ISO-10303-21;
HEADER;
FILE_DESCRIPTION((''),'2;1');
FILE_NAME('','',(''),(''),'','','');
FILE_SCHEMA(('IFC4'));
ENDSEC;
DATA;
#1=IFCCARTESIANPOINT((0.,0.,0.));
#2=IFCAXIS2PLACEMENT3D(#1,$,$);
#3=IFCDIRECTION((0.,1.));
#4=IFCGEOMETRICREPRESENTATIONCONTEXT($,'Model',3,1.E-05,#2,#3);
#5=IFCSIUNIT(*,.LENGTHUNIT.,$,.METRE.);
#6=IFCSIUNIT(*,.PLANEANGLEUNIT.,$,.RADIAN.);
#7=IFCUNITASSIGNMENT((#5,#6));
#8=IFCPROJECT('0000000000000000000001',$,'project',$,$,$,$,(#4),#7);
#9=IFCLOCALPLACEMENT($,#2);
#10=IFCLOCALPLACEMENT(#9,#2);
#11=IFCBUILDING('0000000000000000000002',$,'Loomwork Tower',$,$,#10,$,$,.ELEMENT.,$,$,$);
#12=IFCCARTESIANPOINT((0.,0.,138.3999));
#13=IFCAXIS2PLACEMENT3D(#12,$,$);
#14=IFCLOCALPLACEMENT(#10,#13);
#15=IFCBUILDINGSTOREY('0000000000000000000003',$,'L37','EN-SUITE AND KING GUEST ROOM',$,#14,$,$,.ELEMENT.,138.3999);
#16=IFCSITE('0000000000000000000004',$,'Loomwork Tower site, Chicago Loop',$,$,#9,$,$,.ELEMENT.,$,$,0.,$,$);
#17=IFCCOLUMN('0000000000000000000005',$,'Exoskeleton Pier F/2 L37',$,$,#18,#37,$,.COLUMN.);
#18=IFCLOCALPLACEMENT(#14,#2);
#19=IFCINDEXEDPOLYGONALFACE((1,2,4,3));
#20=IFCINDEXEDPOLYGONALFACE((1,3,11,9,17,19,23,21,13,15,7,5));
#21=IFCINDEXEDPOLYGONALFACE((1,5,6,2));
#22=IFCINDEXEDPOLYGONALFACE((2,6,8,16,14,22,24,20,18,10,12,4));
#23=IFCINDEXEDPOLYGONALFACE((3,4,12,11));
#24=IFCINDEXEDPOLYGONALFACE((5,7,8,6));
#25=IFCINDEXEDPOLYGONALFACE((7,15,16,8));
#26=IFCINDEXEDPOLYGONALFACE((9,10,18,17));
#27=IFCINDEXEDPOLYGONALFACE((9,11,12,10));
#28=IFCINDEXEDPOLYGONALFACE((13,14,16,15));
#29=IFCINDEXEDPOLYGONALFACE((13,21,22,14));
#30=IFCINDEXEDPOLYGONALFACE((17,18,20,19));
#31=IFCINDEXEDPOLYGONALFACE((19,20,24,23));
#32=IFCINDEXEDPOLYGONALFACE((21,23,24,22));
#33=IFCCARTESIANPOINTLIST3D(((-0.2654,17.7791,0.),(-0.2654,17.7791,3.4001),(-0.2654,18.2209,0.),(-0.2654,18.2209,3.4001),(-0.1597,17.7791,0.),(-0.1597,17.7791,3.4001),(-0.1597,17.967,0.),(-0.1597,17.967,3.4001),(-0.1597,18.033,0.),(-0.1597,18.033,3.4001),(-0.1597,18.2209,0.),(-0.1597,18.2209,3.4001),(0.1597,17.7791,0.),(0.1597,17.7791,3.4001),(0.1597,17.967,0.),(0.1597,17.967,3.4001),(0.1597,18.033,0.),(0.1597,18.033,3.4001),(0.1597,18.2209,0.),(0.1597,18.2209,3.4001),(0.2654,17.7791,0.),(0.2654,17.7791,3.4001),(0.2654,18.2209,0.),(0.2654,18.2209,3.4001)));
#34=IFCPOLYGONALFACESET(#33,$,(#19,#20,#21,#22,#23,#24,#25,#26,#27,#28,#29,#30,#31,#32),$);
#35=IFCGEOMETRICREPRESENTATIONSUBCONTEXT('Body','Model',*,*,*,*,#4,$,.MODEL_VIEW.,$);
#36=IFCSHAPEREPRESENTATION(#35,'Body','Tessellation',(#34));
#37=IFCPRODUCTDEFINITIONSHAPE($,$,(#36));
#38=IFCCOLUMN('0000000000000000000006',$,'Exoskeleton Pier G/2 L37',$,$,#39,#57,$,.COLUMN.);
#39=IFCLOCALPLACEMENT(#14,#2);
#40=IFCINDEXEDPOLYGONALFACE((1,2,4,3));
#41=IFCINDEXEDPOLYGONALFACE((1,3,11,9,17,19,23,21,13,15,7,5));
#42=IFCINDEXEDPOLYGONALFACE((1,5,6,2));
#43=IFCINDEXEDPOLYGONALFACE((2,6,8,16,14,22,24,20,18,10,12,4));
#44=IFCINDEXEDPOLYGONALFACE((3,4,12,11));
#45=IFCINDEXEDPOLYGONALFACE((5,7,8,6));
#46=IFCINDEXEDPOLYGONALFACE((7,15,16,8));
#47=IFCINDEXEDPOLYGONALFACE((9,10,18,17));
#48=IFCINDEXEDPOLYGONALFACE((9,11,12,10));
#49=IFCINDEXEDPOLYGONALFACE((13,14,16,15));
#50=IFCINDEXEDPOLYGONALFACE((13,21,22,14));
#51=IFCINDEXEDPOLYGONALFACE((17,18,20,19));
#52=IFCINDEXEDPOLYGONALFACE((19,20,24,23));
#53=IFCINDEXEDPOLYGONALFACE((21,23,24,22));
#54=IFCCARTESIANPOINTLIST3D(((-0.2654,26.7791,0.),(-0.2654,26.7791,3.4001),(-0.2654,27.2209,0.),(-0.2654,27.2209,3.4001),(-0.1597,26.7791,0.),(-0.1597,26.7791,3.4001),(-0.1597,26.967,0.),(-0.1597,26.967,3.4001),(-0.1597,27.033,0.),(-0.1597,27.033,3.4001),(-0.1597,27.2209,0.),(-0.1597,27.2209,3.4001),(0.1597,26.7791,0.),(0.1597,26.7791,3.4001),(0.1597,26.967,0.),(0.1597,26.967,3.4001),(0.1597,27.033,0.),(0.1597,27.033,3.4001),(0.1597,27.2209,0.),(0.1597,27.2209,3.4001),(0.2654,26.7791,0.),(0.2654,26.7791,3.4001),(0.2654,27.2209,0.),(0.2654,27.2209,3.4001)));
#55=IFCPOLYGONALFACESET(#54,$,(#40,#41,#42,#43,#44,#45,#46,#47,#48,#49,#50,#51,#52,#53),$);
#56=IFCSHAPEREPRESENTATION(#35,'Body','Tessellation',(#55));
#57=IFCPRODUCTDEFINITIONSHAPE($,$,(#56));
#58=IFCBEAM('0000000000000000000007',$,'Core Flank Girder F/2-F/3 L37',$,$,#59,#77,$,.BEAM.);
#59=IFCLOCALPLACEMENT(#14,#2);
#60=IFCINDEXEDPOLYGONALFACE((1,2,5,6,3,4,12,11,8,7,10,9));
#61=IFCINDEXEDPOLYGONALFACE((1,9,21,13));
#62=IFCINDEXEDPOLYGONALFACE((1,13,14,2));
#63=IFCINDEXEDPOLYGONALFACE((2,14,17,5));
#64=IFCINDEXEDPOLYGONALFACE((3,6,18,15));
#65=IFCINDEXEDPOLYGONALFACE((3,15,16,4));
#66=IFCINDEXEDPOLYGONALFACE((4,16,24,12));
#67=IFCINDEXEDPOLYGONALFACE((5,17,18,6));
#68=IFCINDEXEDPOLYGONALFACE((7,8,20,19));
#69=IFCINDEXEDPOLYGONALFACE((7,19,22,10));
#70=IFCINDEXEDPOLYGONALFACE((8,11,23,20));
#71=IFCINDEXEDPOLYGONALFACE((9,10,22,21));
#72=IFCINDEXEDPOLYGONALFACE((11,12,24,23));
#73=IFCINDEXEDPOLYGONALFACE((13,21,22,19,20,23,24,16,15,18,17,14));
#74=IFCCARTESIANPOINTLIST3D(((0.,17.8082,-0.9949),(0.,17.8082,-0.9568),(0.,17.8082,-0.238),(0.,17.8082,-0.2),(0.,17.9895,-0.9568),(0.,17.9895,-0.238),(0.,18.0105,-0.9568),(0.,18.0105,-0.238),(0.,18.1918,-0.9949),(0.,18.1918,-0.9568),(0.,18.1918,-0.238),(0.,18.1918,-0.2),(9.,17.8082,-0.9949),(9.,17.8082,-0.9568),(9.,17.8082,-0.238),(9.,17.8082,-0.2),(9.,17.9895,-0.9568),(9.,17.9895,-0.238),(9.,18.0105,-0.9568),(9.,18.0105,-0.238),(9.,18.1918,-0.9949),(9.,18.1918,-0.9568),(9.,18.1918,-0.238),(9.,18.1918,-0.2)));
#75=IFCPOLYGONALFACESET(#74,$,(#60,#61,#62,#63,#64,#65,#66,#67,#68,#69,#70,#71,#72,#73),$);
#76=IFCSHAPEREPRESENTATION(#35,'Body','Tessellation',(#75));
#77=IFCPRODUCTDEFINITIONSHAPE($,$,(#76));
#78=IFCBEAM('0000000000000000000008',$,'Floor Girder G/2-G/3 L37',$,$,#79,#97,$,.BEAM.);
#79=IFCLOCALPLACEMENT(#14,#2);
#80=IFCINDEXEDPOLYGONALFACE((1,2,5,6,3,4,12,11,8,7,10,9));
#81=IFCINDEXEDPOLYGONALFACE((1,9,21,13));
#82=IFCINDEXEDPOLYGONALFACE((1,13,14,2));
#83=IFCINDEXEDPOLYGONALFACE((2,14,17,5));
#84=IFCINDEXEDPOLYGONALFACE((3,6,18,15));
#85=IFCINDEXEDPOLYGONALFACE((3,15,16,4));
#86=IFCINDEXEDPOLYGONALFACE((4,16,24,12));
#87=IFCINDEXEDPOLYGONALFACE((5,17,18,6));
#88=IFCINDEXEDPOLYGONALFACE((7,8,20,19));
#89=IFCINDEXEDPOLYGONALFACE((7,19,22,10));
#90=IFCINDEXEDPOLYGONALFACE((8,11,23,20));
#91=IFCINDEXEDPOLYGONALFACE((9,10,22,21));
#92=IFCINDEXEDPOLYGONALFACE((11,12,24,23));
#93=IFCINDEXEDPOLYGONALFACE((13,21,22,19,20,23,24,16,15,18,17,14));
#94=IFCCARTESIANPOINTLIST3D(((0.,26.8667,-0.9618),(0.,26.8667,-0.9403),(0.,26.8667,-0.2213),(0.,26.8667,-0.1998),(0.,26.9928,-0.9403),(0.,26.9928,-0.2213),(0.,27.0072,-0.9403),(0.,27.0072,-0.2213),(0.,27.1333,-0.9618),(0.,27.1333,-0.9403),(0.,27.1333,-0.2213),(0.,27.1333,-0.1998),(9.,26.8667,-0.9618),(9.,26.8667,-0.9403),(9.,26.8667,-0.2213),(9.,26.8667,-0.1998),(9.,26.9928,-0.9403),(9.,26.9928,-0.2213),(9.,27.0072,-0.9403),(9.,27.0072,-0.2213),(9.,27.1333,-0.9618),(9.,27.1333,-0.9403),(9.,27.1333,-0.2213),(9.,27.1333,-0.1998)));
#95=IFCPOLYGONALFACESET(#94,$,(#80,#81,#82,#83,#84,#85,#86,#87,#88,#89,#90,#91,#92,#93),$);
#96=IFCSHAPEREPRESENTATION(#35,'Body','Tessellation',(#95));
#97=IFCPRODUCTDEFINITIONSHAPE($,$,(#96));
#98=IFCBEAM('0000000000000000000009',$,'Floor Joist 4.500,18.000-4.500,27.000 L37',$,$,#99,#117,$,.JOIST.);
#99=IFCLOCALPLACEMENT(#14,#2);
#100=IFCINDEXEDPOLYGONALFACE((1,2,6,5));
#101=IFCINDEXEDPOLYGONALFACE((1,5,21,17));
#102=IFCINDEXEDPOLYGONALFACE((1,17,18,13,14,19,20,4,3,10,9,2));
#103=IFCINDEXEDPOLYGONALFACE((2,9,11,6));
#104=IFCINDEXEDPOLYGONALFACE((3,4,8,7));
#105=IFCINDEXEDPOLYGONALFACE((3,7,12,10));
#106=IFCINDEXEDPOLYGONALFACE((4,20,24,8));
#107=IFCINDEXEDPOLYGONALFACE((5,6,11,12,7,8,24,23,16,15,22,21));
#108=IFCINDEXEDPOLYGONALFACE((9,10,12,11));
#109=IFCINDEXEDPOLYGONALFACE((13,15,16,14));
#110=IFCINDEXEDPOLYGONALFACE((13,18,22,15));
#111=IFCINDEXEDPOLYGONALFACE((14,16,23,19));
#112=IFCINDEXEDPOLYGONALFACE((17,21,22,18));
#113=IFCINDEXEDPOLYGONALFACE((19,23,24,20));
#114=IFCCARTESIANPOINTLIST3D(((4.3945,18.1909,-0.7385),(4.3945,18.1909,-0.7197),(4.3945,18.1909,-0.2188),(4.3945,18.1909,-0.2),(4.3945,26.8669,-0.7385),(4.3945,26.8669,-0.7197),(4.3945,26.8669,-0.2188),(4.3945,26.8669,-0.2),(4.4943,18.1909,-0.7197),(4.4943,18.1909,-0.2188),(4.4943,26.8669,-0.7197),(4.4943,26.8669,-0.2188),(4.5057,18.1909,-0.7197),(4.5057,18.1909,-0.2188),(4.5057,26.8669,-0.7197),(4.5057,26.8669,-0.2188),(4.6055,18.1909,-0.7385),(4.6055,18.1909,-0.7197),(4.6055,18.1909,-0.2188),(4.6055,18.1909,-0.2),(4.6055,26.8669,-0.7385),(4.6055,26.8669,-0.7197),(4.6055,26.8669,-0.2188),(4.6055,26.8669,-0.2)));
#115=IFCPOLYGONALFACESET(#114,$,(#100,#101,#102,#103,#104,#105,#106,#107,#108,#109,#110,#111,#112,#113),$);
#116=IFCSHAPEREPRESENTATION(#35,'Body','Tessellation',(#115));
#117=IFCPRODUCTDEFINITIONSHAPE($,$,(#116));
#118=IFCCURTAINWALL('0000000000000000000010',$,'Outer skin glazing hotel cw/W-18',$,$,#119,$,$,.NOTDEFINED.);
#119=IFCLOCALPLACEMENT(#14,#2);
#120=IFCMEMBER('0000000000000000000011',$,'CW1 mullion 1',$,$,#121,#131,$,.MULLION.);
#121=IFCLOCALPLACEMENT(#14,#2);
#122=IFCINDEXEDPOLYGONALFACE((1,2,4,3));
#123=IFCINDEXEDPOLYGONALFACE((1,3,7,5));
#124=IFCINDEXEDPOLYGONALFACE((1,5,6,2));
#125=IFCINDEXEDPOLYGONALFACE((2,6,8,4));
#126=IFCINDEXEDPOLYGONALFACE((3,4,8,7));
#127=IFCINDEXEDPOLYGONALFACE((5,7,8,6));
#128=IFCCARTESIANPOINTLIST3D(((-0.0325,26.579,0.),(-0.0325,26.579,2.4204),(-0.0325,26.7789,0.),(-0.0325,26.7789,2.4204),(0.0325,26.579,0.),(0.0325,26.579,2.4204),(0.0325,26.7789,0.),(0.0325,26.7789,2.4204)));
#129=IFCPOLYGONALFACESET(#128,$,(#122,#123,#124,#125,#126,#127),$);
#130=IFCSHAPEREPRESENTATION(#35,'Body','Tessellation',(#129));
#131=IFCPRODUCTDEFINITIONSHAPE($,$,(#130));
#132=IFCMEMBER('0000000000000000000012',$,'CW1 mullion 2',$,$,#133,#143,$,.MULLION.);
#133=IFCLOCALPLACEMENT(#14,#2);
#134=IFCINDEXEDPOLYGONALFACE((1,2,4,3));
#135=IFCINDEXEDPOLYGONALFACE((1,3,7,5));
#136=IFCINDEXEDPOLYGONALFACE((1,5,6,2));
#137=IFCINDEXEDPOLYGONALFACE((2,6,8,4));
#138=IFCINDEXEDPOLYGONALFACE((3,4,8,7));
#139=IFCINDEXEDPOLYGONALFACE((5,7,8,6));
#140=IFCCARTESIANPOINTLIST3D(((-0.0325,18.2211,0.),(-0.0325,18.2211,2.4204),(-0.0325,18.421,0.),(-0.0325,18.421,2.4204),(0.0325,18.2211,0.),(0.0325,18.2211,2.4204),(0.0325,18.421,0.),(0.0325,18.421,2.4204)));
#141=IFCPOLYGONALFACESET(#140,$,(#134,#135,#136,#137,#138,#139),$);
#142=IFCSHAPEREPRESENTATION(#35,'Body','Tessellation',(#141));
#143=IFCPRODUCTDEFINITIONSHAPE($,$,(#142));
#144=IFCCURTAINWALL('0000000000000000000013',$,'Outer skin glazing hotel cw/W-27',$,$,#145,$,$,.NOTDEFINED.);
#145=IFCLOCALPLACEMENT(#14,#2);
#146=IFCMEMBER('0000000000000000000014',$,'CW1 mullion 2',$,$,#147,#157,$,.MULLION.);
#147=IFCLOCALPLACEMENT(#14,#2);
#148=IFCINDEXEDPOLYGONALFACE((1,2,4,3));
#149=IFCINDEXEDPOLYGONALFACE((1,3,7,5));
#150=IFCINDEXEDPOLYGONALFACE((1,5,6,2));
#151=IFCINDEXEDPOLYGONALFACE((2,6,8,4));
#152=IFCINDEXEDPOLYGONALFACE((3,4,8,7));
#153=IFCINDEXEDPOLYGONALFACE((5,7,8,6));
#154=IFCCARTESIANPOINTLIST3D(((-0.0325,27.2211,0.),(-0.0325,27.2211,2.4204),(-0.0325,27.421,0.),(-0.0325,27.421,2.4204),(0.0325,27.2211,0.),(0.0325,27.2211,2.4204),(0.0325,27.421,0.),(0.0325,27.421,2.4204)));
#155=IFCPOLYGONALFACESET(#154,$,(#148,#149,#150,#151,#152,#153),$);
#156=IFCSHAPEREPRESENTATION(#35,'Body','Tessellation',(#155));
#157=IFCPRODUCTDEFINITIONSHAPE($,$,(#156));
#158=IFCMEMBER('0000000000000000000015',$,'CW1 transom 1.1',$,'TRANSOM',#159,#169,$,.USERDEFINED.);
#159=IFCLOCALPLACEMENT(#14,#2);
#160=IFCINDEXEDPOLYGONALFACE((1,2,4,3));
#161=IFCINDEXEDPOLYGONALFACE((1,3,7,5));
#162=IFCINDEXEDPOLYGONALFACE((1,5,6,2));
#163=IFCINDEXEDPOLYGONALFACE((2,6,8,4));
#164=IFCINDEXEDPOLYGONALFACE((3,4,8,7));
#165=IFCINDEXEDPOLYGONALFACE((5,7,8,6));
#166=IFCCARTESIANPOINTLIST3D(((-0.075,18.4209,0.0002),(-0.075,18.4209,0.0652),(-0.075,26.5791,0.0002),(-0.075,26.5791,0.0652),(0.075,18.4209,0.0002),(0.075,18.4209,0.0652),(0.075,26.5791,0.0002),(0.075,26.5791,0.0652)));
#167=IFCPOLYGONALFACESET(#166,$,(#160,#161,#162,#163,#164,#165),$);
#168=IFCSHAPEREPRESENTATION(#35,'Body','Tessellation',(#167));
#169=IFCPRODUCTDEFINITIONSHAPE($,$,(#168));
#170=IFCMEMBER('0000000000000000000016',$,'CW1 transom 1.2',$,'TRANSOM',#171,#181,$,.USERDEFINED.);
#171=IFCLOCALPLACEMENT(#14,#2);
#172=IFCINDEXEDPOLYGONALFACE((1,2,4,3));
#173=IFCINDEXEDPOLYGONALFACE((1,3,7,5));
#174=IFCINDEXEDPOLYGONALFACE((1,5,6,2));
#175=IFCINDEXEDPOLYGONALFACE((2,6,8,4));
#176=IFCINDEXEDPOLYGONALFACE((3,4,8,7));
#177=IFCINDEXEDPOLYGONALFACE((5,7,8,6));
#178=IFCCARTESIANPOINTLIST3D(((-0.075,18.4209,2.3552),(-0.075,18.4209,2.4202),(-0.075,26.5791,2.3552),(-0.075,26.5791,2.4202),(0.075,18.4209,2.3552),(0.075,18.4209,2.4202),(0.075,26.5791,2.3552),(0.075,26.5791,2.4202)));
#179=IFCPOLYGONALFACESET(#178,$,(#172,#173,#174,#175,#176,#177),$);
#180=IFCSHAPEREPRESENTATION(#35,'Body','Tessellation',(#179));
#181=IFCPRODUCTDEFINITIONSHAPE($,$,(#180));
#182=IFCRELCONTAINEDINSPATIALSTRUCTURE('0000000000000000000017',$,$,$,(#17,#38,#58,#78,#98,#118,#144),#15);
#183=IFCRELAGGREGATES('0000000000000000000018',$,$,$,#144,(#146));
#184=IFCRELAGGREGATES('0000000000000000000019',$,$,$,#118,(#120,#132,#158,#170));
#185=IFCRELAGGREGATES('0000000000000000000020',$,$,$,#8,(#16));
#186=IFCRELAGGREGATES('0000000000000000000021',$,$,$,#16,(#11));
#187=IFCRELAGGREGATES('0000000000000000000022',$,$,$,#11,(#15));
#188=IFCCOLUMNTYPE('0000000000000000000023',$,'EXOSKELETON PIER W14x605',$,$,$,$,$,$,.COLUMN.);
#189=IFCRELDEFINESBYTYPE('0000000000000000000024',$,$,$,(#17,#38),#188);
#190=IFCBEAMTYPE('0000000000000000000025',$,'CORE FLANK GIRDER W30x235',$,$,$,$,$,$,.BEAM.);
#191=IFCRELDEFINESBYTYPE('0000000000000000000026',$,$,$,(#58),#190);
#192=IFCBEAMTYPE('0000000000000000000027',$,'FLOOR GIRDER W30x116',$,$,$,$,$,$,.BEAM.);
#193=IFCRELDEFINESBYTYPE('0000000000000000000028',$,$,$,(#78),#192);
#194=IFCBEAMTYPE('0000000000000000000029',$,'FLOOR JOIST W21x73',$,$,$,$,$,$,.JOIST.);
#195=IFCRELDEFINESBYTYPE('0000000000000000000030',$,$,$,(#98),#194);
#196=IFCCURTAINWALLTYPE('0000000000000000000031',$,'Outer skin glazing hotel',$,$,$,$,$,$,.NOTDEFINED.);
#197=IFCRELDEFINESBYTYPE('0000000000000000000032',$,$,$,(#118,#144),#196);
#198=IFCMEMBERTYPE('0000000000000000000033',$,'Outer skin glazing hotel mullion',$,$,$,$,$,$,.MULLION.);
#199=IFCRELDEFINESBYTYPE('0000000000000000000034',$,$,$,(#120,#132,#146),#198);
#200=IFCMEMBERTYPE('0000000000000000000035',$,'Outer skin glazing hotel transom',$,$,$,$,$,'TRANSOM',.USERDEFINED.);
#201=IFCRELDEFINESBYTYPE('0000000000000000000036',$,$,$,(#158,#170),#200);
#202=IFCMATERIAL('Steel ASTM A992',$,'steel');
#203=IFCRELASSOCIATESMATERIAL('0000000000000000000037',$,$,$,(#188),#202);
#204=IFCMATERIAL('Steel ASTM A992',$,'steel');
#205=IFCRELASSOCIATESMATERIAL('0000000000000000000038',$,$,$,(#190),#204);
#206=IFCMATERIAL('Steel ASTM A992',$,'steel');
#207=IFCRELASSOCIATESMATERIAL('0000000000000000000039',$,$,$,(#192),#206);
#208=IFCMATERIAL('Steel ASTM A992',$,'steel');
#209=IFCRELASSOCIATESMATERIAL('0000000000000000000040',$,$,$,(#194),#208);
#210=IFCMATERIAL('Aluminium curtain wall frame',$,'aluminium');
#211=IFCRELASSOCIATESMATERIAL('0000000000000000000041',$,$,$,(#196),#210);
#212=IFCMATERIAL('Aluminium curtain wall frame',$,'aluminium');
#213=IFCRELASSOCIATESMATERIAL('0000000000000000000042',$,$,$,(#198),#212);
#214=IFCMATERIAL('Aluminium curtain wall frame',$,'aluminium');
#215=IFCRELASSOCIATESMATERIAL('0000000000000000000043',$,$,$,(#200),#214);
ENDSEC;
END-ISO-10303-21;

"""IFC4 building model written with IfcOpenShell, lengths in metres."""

from ifc_helpers import new_model, si_unit, direction, frame, origin, origin_2d, place, context, subcontext, project, spatial, rectangle, i_section, extrude, material, material_profile, profile_set, type_object, element, aggregate, save


model = new_model("IFC4")

# Units and contexts
model_context = context("Model", 3, precision=1e-05, world=origin(), true_north=direction((0.0, 1.0)))
body_context = subcontext(model_context, "Body", "Model", "MODEL_VIEW")
ifc_project = project(units=[si_unit("LENGTHUNIT", "METRE"), si_unit("PLANEANGLEUNIT", "RADIAN")], contexts=[model_context])

# Site, building, storey
site_placement = place(None, origin())
site = spatial("IfcSite", under=ifc_project, at=site_placement, Name="Loomwork Tower site, Chicago Loop", CompositionType="ELEMENT", RefElevation=0.0)
building_placement = place(site_placement, origin())
building = spatial("IfcBuilding", under=site, at=building_placement, Name="Loomwork Tower", CompositionType="ELEMENT")
storey_placement = place(building_placement, frame((0.0, 0.0, 138.3999)))
storey = spatial("IfcBuildingStorey", under=building, at=storey_placement, Name="L37", Description="EN-SUITE AND KING GUEST ROOM", CompositionType="ELEMENT", Elevation=138.3999)

# Columns
ifc_material_1 = material(Name="Steel ASTM A992", Category="steel")
ifc_material_profile_1 = material_profile(ifc_material_1, i_section(OverallWidth=0.4419, OverallDepth=0.5308, WebThickness=0.0659, FlangeThickness=0.1057, at=origin_2d()), Name="W14x605")
ifc_profile_set_1 = profile_set([ifc_material_profile_1], Name="Steel ASTM A992")
column_type = type_object("IfcColumnType", Name="EXOSKELETON PIER W14x605", PredefinedType="COLUMN", material=ifc_profile_set_1)
for number, where, z_axis, x_axis, name in (
    (1, (0.0, 18.0, 0.0), (0.0, 0.0, 1.0), (0.0, 1.0, 0.0), "Exoskeleton Pier F/2 L37"),
    (2, (0.0, 27.0, 0.0), (0.0, 0.0, 1.0), (0.0, 1.0, 0.0), "Exoskeleton Pier G/2 L37"),
):
    element("IfcColumn", number, at=place(storey_placement, frame(where, z_axis=z_axis, x_axis=x_axis)), inside=storey, type_object=column_type, Name=name, PredefinedType="COLUMN", context=body_context, shape_type="SweptSolid", body=[
        extrude(i_section(OverallWidth=0.4419, OverallDepth=0.5308, WebThickness=0.0659, FlangeThickness=0.1057, at=origin_2d()), origin(), (0.0, 0.0, 1.0), 3.4001),
    ])

# Beams
ifc_material_2 = material(Name="Steel ASTM A992", Category="steel")
ifc_material_profile_2 = material_profile(ifc_material_2, i_section(OverallWidth=0.3835, OverallDepth=0.7949, WebThickness=0.021, FlangeThickness=0.0381, at=origin_2d()), Name="W30x235")
ifc_profile_set_2 = profile_set([ifc_material_profile_2], Name="Steel ASTM A992")
beam_type_1 = type_object("IfcBeamType", Name="CORE FLANK GIRDER W30x235", PredefinedType="BEAM", material=ifc_profile_set_2)
beam_1_placement = place(storey_placement, frame((0.0, 18.0, -0.5974), z_axis=(1.0, 0.0, 0.0), x_axis=(0.0, 1.0, 0.0)))
element("IfcBeam", 3, at=beam_1_placement, inside=storey, type_object=beam_type_1, Name="Core Flank Girder F/2-F/3 L37", PredefinedType="BEAM", context=body_context, shape_type="SweptSolid", body=[
    extrude(i_section(OverallWidth=0.3835, OverallDepth=0.7949, WebThickness=0.021, FlangeThickness=0.0381, at=origin_2d()), origin(), (0.0, 0.0, 1.0), 9.0),
])
ifc_material_3 = material(Name="Steel ASTM A992", Category="steel")
ifc_material_profile_3 = material_profile(ifc_material_3, i_section(OverallWidth=0.2666, OverallDepth=0.762, WebThickness=0.0144, FlangeThickness=0.0215, at=origin_2d()), Name="W30x116")
ifc_profile_set_3 = profile_set([ifc_material_profile_3], Name="Steel ASTM A992")
beam_type_2 = type_object("IfcBeamType", Name="FLOOR GIRDER W30x116", PredefinedType="BEAM", material=ifc_profile_set_3)
beam_2_placement = place(storey_placement, frame((0.0, 27.0, -0.5808), z_axis=(1.0, 0.0, 0.0), x_axis=(0.0, 1.0, 0.0)))
element("IfcBeam", 4, at=beam_2_placement, inside=storey, type_object=beam_type_2, Name="Floor Girder G/2-G/3 L37", PredefinedType="BEAM", context=body_context, shape_type="SweptSolid", body=[
    extrude(i_section(OverallWidth=0.2666, OverallDepth=0.762, WebThickness=0.0144, FlangeThickness=0.0215, at=origin_2d()), origin(), (0.0, 0.0, 1.0), 9.0),
])
ifc_material_4 = material(Name="Steel ASTM A992", Category="steel")
ifc_material_profile_4 = material_profile(ifc_material_4, i_section(OverallWidth=0.2109, OverallDepth=0.5386, WebThickness=0.0115, FlangeThickness=0.0188, at=origin_2d()), Name="W21x73")
ifc_profile_set_4 = profile_set([ifc_material_profile_4], Name="Steel ASTM A992")
beam_type_3 = type_object("IfcBeamType", Name="FLOOR JOIST W21x73", PredefinedType="JOIST", material=ifc_profile_set_4)
beam_3_placement = place(storey_placement, frame((4.5, 18.1909, -0.4692), z_axis=(0.0, 1.0, 0.0), x_axis=(-1.0, 0.0, 0.0)))
element("IfcBeam", 5, at=beam_3_placement, inside=storey, type_object=beam_type_3, Name="Floor Joist 4.500,18.000-4.500,27.000 L37", PredefinedType="JOIST", context=body_context, shape_type="SweptSolid", body=[
    extrude(i_section(OverallWidth=0.2109, OverallDepth=0.5386, WebThickness=0.0115, FlangeThickness=0.0188, at=origin_2d()), origin(), (0.0, 0.0, 1.0), 8.676),
])

# Curtain wall, members
ifc_material_5 = material(Name="Aluminium curtain wall frame", Category="aluminium")
curtain_wall_type = type_object("IfcCurtainWallType", Name="Outer skin glazing hotel", PredefinedType="NOTDEFINED", material=ifc_material_5)
curtain_wall_1_placement = place(storey_placement, origin())
curtain_wall_1 = element("IfcCurtainWall", 6, at=curtain_wall_1_placement, inside=storey, type_object=curtain_wall_type, Name="Outer skin glazing hotel cw/W-18", PredefinedType="NOTDEFINED")
ifc_material_6 = material(Name="Aluminium curtain wall frame", Category="aluminium")
ifc_material_profile_5 = material_profile(ifc_material_6, rectangle(XDim=0.0649, YDim=0.2, at=origin_2d()), Name="AL 65x200")
ifc_profile_set_5 = profile_set([ifc_material_profile_5], Name="Aluminium curtain wall frame")
member_type_1 = type_object("IfcMemberType", Name="Outer skin glazing hotel mullion", PredefinedType="MULLION", material=ifc_profile_set_5)
member_1_placement = place(storey_placement, frame((0.0, 26.679, 0.0), z_axis=(0.0, 0.0, 1.0), x_axis=(1.0, 0.0, 0.0)))
member_1 = element("IfcMember", 7, at=member_1_placement, type_object=member_type_1, Name="CW1 mullion 1", PredefinedType="MULLION", context=body_context, shape_type="SweptSolid", body=[
    extrude(rectangle(XDim=0.0649, YDim=0.2, at=origin_2d()), origin(), (0.0, 0.0, 1.0), 2.4204),
])
member_2_placement = place(storey_placement, frame((0.0, 18.321, 0.0), z_axis=(0.0, 0.0, 1.0), x_axis=(1.0, 0.0, 0.0)))
member_2 = element("IfcMember", 8, at=member_2_placement, type_object=member_type_1, Name="CW1 mullion 2", PredefinedType="MULLION", context=body_context, shape_type="SweptSolid", body=[
    extrude(rectangle(XDim=0.0649, YDim=0.2, at=origin_2d()), origin(), (0.0, 0.0, 1.0), 2.4204),
])

# Curtain wall, member
curtain_wall_2_placement = place(storey_placement, origin())
curtain_wall_2 = element("IfcCurtainWall", 9, at=curtain_wall_2_placement, inside=storey, type_object=curtain_wall_type, Name="Outer skin glazing hotel cw/W-27", PredefinedType="NOTDEFINED")
member_3_placement = place(storey_placement, frame((0.0, 27.321, 0.0), z_axis=(0.0, 0.0, 1.0), x_axis=(1.0, 0.0, 0.0)))
member_3 = element("IfcMember", 10, at=member_3_placement, type_object=member_type_1, Name="CW1 mullion 2", PredefinedType="MULLION", context=body_context, shape_type="SweptSolid", body=[
    extrude(rectangle(XDim=0.0649, YDim=0.2, at=origin_2d()), origin(), (0.0, 0.0, 1.0), 2.4204),
])
aggregate(curtain_wall_2, [member_3])

# Members
ifc_material_7 = material(Name="Aluminium curtain wall frame", Category="aluminium")
ifc_material_profile_6 = material_profile(ifc_material_7, rectangle(XDim=0.1499, YDim=0.0649, at=origin_2d()), Name="AL 65x150")
ifc_profile_set_6 = profile_set([ifc_material_profile_6], Name="Aluminium curtain wall frame")
member_type_2 = type_object("IfcMemberType", Name="Outer skin glazing hotel transom", ElementType="TRANSOM", PredefinedType="USERDEFINED", material=ifc_profile_set_6)
member_4_placement = place(storey_placement, frame((0.0, 26.5791, 0.0327), z_axis=(0.0, -1.0, 0.0), x_axis=(1.0, 0.0, 0.0)))
member_4 = element("IfcMember", 11, at=member_4_placement, type_object=member_type_2, Name="CW1 transom 1.1", ObjectType="TRANSOM", PredefinedType="USERDEFINED", context=body_context, shape_type="SweptSolid", body=[
    extrude(rectangle(XDim=0.1499, YDim=0.0649, at=origin_2d()), origin(), (0.0, 0.0, 1.0), 8.1582),
])
member_5_placement = place(storey_placement, frame((0.0, 26.5791, 2.3877), z_axis=(0.0, -1.0, 0.0), x_axis=(1.0, 0.0, 0.0)))
member_5 = element("IfcMember", 12, at=member_5_placement, type_object=member_type_2, Name="CW1 transom 1.2", ObjectType="TRANSOM", PredefinedType="USERDEFINED", context=body_context, shape_type="SweptSolid", body=[
    extrude(rectangle(XDim=0.1499, YDim=0.0649, at=origin_2d()), origin(), (0.0, 0.0, 1.0), 8.1582),
])

aggregate(curtain_wall_1, [member_1, member_2, member_4, member_5])

save(model, "model.ifc")
